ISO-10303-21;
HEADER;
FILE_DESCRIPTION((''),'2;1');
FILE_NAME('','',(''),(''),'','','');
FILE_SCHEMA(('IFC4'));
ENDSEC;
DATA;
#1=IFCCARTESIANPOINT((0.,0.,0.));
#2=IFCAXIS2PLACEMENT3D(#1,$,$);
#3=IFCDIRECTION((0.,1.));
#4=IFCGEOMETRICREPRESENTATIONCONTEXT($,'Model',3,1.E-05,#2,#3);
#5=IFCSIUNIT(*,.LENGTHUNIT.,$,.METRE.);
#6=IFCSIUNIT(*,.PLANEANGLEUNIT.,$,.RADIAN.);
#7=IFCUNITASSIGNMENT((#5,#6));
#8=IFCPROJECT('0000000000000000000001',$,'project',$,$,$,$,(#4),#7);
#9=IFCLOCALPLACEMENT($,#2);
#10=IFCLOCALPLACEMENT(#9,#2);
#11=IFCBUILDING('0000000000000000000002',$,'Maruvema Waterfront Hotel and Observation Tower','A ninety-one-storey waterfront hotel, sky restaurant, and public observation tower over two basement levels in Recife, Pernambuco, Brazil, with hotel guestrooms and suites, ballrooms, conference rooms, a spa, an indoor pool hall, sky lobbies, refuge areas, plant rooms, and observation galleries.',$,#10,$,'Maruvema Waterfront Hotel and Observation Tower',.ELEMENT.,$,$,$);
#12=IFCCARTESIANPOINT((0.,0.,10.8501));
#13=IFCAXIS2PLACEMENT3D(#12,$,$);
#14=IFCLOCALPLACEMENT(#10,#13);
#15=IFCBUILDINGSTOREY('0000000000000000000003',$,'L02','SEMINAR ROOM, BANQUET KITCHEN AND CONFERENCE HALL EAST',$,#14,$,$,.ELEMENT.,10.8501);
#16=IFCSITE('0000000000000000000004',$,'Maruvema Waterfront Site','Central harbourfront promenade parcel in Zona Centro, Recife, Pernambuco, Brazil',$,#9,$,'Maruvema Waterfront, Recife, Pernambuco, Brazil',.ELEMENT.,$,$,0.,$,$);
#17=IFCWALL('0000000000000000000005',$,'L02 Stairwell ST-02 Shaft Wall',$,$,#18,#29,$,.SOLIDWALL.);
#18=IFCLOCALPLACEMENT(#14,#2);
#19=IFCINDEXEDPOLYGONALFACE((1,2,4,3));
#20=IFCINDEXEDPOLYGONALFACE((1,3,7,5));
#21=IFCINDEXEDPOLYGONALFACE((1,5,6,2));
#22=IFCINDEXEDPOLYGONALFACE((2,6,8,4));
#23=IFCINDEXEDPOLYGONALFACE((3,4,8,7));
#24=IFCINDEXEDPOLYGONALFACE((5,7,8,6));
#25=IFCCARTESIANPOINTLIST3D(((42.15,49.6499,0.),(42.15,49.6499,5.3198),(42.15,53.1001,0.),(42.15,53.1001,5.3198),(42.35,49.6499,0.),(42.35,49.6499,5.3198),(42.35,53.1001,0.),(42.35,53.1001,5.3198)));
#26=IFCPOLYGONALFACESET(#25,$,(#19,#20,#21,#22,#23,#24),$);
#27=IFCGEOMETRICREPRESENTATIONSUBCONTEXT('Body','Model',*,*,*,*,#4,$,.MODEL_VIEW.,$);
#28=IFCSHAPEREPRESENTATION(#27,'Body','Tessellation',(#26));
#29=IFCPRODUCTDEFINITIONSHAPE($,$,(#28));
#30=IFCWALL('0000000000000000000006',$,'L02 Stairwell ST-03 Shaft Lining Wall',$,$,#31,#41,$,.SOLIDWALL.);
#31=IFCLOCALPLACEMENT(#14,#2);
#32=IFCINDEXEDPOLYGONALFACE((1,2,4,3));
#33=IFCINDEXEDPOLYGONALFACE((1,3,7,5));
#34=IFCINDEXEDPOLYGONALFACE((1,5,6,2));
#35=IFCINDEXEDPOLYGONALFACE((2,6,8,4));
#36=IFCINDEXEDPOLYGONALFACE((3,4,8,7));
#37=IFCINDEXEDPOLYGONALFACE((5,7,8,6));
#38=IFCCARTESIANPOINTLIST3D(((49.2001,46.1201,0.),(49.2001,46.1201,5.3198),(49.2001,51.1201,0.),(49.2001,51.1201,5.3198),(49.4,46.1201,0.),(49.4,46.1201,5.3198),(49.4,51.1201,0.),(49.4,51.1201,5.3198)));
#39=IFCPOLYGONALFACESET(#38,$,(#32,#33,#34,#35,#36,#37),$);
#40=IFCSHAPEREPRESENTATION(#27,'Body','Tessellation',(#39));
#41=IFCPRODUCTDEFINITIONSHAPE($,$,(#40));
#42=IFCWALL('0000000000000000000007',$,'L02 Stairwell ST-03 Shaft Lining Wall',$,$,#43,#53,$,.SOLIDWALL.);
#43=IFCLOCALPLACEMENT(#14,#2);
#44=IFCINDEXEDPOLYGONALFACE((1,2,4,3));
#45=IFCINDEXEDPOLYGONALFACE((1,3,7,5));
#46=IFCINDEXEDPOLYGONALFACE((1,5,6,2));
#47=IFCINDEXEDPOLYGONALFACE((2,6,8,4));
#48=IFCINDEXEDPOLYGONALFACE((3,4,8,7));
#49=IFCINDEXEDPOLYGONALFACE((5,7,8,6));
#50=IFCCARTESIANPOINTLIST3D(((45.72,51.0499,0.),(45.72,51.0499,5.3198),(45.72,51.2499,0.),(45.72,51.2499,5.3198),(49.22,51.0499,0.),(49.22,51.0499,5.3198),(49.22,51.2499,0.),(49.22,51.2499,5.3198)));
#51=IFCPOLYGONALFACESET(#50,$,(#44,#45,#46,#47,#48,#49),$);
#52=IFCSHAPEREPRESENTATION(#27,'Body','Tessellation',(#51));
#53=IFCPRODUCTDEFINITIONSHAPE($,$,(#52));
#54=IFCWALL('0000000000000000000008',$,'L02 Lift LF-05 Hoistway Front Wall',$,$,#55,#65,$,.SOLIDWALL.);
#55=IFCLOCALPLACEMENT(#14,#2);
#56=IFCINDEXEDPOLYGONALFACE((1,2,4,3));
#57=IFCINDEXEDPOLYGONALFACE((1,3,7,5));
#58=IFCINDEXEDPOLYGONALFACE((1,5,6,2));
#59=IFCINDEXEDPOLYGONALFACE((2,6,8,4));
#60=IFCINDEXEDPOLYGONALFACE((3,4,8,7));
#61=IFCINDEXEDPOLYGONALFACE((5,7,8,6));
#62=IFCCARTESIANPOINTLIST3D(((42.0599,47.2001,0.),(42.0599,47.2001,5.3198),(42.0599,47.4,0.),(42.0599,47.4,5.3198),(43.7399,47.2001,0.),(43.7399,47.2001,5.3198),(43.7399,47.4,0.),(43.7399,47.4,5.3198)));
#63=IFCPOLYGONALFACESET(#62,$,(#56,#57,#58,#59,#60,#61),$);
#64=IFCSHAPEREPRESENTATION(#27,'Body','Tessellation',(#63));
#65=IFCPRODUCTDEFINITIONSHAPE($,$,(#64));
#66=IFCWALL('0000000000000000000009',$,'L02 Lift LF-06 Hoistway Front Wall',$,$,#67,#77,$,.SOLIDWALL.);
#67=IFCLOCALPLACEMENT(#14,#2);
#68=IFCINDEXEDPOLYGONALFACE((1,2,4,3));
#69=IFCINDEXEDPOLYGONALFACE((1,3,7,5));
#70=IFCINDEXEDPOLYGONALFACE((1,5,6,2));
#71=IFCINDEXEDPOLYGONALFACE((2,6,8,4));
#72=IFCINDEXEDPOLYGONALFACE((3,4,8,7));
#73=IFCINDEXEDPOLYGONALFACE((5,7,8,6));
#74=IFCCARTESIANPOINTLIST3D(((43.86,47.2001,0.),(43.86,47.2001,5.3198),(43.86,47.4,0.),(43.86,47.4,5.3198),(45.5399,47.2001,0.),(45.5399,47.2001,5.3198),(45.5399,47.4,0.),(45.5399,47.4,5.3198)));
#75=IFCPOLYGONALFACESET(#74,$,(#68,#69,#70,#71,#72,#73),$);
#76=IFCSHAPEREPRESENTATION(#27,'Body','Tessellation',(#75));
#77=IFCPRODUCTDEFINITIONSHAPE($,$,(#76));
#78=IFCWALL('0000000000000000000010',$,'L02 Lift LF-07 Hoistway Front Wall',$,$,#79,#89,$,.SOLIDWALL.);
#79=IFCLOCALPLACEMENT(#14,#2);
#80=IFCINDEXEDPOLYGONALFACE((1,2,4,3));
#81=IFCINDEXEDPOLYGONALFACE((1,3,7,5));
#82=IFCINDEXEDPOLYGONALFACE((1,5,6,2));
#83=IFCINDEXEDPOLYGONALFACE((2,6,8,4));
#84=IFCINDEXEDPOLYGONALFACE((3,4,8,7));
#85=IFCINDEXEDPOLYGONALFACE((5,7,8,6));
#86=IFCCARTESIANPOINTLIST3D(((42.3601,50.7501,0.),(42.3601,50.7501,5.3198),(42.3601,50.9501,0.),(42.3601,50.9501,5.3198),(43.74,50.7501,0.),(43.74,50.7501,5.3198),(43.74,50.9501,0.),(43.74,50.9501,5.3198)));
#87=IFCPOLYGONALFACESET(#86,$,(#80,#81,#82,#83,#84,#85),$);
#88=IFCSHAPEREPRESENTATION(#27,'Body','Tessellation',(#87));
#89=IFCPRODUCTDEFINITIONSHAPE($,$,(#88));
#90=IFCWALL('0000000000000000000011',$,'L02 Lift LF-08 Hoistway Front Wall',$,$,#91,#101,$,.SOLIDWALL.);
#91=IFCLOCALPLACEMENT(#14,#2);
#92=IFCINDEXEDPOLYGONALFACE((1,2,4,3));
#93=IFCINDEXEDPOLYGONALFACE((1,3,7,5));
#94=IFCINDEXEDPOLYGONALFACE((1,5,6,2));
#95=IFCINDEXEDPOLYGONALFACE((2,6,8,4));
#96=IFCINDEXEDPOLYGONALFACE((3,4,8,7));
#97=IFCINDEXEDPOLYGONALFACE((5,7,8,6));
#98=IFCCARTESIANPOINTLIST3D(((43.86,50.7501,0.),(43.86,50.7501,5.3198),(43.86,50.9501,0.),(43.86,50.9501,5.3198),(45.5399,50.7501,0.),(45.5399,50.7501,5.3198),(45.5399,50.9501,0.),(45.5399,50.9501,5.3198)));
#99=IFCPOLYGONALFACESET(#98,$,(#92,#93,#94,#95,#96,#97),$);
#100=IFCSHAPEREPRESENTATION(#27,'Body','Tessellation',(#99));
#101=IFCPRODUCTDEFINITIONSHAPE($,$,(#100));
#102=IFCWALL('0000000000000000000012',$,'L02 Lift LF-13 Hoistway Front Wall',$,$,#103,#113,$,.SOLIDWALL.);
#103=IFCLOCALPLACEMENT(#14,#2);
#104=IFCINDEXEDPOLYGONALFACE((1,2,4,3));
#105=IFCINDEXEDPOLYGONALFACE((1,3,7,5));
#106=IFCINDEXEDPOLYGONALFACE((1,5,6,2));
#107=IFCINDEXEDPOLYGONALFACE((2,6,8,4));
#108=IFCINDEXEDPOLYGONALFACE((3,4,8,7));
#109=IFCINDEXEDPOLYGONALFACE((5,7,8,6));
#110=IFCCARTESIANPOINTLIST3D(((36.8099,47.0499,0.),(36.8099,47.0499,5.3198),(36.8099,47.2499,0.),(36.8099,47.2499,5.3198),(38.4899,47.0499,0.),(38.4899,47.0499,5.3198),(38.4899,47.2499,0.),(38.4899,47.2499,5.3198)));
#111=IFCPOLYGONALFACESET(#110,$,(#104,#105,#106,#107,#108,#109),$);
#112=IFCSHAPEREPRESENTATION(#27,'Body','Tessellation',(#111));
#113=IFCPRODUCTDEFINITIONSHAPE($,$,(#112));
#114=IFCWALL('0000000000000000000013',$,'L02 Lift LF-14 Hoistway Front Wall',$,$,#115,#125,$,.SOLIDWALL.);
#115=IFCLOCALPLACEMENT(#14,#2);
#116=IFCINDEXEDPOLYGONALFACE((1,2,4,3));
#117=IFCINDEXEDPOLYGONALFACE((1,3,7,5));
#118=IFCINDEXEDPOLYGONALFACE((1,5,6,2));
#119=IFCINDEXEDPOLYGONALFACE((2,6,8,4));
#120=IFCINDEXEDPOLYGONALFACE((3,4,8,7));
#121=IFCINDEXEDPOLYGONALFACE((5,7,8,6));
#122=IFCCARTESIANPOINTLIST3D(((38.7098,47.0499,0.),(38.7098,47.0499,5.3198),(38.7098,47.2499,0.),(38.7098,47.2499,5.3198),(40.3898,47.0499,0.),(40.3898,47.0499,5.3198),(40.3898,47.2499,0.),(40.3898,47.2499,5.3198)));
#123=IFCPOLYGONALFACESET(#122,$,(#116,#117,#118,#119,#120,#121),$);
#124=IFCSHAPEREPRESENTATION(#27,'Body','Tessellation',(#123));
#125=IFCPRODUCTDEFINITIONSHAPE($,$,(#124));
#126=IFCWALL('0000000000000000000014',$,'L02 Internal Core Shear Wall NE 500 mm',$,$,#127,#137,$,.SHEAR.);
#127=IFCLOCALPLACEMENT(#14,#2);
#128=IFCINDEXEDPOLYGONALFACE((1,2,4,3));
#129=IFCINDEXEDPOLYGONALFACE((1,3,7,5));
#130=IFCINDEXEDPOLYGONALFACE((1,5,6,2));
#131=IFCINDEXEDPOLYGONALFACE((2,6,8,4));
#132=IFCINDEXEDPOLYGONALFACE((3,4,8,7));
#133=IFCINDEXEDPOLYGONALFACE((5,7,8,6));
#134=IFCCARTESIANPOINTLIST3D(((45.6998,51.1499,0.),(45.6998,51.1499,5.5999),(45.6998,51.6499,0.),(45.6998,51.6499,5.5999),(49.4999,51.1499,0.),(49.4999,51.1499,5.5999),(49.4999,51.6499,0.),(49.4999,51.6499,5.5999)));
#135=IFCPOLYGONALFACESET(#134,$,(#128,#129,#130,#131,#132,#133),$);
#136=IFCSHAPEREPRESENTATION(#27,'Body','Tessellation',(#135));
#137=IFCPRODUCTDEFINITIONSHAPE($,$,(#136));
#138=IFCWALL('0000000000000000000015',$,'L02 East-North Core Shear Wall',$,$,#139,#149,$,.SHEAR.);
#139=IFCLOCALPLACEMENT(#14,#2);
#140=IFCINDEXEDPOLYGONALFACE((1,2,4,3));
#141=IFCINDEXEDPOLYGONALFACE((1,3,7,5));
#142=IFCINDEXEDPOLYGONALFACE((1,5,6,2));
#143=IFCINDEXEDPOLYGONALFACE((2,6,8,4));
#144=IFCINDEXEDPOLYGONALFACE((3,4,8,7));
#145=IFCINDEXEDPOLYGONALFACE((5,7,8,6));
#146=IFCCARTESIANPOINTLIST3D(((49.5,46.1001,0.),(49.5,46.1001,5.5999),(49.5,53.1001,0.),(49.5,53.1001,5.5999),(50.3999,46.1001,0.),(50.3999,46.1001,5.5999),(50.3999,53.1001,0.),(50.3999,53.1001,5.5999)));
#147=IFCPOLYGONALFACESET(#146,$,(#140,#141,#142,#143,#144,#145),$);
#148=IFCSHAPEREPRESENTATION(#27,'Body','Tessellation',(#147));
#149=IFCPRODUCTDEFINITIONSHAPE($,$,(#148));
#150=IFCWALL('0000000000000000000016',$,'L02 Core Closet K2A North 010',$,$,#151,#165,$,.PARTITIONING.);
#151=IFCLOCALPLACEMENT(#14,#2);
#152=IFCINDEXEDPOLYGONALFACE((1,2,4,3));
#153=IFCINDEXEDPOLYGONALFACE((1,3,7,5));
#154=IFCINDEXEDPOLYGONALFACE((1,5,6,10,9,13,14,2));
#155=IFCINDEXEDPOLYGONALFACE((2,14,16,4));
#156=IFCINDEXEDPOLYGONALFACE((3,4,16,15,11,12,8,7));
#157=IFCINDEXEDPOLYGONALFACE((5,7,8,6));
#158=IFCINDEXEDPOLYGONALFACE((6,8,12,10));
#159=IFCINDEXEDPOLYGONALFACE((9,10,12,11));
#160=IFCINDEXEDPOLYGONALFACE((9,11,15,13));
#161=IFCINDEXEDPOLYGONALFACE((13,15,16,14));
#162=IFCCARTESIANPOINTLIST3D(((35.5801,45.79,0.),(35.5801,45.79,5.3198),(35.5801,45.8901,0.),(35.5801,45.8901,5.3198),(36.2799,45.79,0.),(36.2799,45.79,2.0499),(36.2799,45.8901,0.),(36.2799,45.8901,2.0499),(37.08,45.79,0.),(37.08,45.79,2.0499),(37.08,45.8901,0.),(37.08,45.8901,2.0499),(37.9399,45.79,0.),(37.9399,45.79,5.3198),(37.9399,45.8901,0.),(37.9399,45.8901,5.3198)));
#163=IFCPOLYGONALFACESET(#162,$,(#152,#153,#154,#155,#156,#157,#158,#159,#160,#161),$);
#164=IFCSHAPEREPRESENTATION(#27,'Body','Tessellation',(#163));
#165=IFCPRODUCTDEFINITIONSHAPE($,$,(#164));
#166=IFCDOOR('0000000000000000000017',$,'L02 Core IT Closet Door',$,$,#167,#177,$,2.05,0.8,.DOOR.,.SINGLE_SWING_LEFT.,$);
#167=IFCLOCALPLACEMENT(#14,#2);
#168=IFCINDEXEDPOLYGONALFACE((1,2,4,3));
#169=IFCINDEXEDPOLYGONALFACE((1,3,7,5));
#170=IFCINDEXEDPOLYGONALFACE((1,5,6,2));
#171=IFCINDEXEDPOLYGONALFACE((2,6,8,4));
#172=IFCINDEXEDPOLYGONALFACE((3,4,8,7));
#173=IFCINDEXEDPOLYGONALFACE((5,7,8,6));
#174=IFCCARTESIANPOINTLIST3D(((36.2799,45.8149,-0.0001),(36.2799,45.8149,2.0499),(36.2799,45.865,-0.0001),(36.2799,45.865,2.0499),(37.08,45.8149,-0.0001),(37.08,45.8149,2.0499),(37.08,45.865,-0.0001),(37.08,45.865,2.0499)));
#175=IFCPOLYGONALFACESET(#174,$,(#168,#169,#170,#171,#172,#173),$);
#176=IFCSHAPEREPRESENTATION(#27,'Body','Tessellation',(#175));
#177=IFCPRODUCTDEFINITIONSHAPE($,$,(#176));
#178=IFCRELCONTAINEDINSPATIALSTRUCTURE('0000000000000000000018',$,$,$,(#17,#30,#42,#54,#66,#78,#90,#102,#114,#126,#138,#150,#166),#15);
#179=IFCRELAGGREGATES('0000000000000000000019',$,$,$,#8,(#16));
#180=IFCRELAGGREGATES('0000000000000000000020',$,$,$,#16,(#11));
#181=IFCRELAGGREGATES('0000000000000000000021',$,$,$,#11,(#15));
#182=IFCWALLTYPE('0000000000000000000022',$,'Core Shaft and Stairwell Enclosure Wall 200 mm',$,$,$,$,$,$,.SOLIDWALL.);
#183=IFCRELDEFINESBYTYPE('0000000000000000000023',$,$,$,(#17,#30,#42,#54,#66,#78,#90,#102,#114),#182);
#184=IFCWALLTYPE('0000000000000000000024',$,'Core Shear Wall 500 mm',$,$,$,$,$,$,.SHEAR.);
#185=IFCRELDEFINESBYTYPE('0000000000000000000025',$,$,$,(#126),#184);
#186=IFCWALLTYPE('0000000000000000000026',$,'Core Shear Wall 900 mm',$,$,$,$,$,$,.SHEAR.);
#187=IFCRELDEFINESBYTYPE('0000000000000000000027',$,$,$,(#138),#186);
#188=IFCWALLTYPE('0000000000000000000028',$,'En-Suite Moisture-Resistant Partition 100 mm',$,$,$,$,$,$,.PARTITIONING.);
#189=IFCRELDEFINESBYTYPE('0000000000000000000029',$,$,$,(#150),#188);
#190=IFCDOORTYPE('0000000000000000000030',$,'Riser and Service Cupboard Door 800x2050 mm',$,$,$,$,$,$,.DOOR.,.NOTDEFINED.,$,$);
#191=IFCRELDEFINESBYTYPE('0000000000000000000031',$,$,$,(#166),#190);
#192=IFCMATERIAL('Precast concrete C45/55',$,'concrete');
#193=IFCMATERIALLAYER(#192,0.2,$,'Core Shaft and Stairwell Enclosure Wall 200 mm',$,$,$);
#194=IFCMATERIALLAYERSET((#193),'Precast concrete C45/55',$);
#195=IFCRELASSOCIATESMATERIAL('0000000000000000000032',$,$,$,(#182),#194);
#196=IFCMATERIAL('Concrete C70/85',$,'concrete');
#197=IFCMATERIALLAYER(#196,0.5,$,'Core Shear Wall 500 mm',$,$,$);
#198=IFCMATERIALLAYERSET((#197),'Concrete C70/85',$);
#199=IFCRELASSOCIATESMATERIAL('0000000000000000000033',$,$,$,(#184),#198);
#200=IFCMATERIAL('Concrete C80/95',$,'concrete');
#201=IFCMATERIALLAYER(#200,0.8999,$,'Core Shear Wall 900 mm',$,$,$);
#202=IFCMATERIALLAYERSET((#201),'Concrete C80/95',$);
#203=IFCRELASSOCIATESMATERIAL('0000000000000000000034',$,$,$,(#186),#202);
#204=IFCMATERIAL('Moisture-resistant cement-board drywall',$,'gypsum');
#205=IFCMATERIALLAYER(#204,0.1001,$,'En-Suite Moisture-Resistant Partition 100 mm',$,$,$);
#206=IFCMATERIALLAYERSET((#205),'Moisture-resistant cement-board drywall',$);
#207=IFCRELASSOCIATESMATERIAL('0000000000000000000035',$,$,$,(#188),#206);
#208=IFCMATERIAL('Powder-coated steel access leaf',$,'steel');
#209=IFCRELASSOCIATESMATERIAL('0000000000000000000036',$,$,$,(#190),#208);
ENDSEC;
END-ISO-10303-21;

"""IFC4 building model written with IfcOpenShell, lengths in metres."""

from ifc_helpers import new_model, si_unit, direction, frame, frame_2d, origin, place, context, subcontext, project, spatial, rectangle, extrude, material, layer, layer_set, type_object, element, fill, save


model = new_model("IFC4")

# Units and contexts
model_context = context("Model", 3, precision=1e-05, world=origin(), true_north=direction((0.0, 1.0)))
body_context = subcontext(model_context, "Body", "Model", "MODEL_VIEW")
ifc_project = project(units=[si_unit("LENGTHUNIT", "METRE"), si_unit("PLANEANGLEUNIT", "RADIAN")], contexts=[model_context])

# Site, building, storey
site_placement = place(None, origin())
site = spatial("IfcSite", under=ifc_project, at=site_placement, Name="Maruvema Waterfront Site", Description="Central harbourfront promenade parcel in Zona Centro, Recife, Pernambuco, Brazil", LongName="Maruvema Waterfront, Recife, Pernambuco, Brazil", CompositionType="ELEMENT", RefElevation=0.0)
building_placement = place(site_placement, origin())
building = spatial("IfcBuilding", under=site, at=building_placement, Name="Maruvema Waterfront Hotel and Observation Tower", Description="A ninety-one-storey waterfront hotel, sky restaurant, and public observation tower over two basement levels in Recife, Pernambuco, Brazil, with hotel guestrooms and suites, ballrooms, conference rooms, a spa, an indoor pool hall, sky lobbies, refuge areas, plant rooms, and observation galleries.", LongName="Maruvema Waterfront Hotel and Observation Tower", CompositionType="ELEMENT")
storey_placement = place(building_placement, frame((0.0, 0.0, 10.8501)))
storey = spatial("IfcBuildingStorey", under=building, at=storey_placement, Name="L02", Description="SEMINAR ROOM, BANQUET KITCHEN AND CONFERENCE HALL EAST", CompositionType="ELEMENT", Elevation=10.8501)

# Walls
ifc_material_1 = material(Name="Precast concrete C45/55", Category="concrete")
ifc_layer_1 = layer(ifc_material_1, 0.2, Name="Core Shaft and Stairwell Enclosure Wall 200 mm")
ifc_layer_set_1 = layer_set([ifc_layer_1], Name="Precast concrete C45/55")
wall_type_1 = type_object("IfcWallType", Name="Core Shaft and Stairwell Enclosure Wall 200 mm", PredefinedType="SOLIDWALL", material=ifc_layer_set_1)
wall_1_placement = place(storey_placement, frame((42.25, 49.6499, 0.0), z_axis=(0.0, 0.0, 1.0), x_axis=(0.0, 1.0, 0.0)))
element("IfcWall", 1, at=wall_1_placement, inside=storey, type_object=wall_type_1, Name="L02 Stairwell ST-02 Shaft Wall", PredefinedType="SOLIDWALL", context=body_context, shape_type="SweptSolid", body=[
    extrude(rectangle(XDim=3.4502, YDim=0.2, at=frame_2d((1.7251, 0.0))), origin(), (0.0, 0.0, 1.0), 5.3198),
])
wall_2_placement = place(storey_placement, frame((49.3, 46.1201, 0.0), z_axis=(0.0, 0.0, 1.0), x_axis=(0.0, 1.0, 0.0)))
element("IfcWall", 2, at=wall_2_placement, inside=storey, type_object=wall_type_1, Name="L02 Stairwell ST-03 Shaft Lining Wall", PredefinedType="SOLIDWALL", context=body_context, shape_type="SweptSolid", body=[
    extrude(rectangle(XDim=5.0, YDim=0.2, at=frame_2d((2.5, 0.0))), origin(), (0.0, 0.0, 1.0), 5.3198),
])
wall_3_placement = place(storey_placement, frame((45.72, 51.1499, 0.0), z_axis=(0.0, 0.0, 1.0), x_axis=(1.0, 0.0, 0.0)))
element("IfcWall", 3, at=wall_3_placement, inside=storey, type_object=wall_type_1, Name="L02 Stairwell ST-03 Shaft Lining Wall", PredefinedType="SOLIDWALL", context=body_context, shape_type="SweptSolid", body=[
    extrude(rectangle(XDim=3.5, YDim=0.2, at=frame_2d((1.75, 0.0))), origin(), (0.0, 0.0, 1.0), 5.3198),
])
for number, where, z_axis, x_axis, name in (
    (4, (42.0601, 47.3, 0.0), (0.0, 0.0, 1.0), (1.0, 0.0, 0.0), "L02 Lift LF-05 Hoistway Front Wall"),
    (5, (43.8601, 47.3, 0.0), (0.0, 0.0, 1.0), (1.0, 0.0, 0.0), "L02 Lift LF-06 Hoistway Front Wall"),
):
    element("IfcWall", number, at=place(storey_placement, frame(where, z_axis=z_axis, x_axis=x_axis)), inside=storey, type_object=wall_type_1, Name=name, PredefinedType="SOLIDWALL", context=body_context, shape_type="SweptSolid", body=[
        extrude(rectangle(XDim=1.6799, YDim=0.2, at=frame_2d((0.8398, 0.0))), origin(), (0.0, 0.0, 1.0), 5.3198),
    ])
wall_4_placement = place(storey_placement, frame((42.3601, 50.8501, 0.0), z_axis=(0.0, 0.0, 1.0), x_axis=(1.0, 0.0, 0.0)))
element("IfcWall", 6, at=wall_4_placement, inside=storey, type_object=wall_type_1, Name="L02 Lift LF-07 Hoistway Front Wall", PredefinedType="SOLIDWALL", context=body_context, shape_type="SweptSolid", body=[
    extrude(rectangle(XDim=1.3799, YDim=0.2, at=frame_2d((0.6899, 0.0))), origin(), (0.0, 0.0, 1.0), 5.3198),
])
for number, where, z_axis, x_axis, name in (
    (7, (43.8601, 50.8501, 0.0), (0.0, 0.0, 1.0), (1.0, 0.0, 0.0), "L02 Lift LF-08 Hoistway Front Wall"),
    (8, (36.8101, 47.1499, 0.0), (0.0, 0.0, 1.0), (1.0, 0.0, 0.0), "L02 Lift LF-13 Hoistway Front Wall"),
    (9, (38.71, 47.1499, 0.0), (0.0, 0.0, 1.0), (1.0, 0.0, 0.0), "L02 Lift LF-14 Hoistway Front Wall"),
):
    element("IfcWall", number, at=place(storey_placement, frame(where, z_axis=z_axis, x_axis=x_axis)), inside=storey, type_object=wall_type_1, Name=name, PredefinedType="SOLIDWALL", context=body_context, shape_type="SweptSolid", body=[
        extrude(rectangle(XDim=1.6799, YDim=0.2, at=frame_2d((0.8398, 0.0))), origin(), (0.0, 0.0, 1.0), 5.3198),
    ])
ifc_material_2 = material(Name="Concrete C70/85", Category="concrete")
ifc_layer_2 = layer(ifc_material_2, 0.5, Name="Core Shear Wall 500 mm")
ifc_layer_set_2 = layer_set([ifc_layer_2], Name="Concrete C70/85")
wall_type_2 = type_object("IfcWallType", Name="Core Shear Wall 500 mm", PredefinedType="SHEAR", material=ifc_layer_set_2)
wall_5_placement = place(storey_placement, frame((45.7, 51.3999, 0.0), z_axis=(0.0, 0.0, 1.0), x_axis=(1.0, 0.0, 0.0)))
element("IfcWall", 10, at=wall_5_placement, inside=storey, type_object=wall_type_2, Name="L02 Internal Core Shear Wall NE 500 mm", PredefinedType="SHEAR", context=body_context, shape_type="SweptSolid", body=[
    extrude(rectangle(XDim=3.8, YDim=0.5, at=frame_2d((1.8999, 0.0))), origin(), (0.0, 0.0, 1.0), 5.5999),
])
ifc_material_3 = material(Name="Concrete C80/95", Category="concrete")
ifc_layer_3 = layer(ifc_material_3, 0.8999, Name="Core Shear Wall 900 mm")
ifc_layer_set_3 = layer_set([ifc_layer_3], Name="Concrete C80/95")
wall_type_3 = type_object("IfcWallType", Name="Core Shear Wall 900 mm", PredefinedType="SHEAR", material=ifc_layer_set_3)
wall_6_placement = place(storey_placement, frame((49.95, 46.1001, 0.0), z_axis=(0.0, 0.0, 1.0), x_axis=(0.0, 1.0, 0.0)))
element("IfcWall", 11, at=wall_6_placement, inside=storey, type_object=wall_type_3, Name="L02 East-North Core Shear Wall", PredefinedType="SHEAR", context=body_context, shape_type="SweptSolid", body=[
    extrude(rectangle(XDim=7.0, YDim=0.8999, at=frame_2d((3.5, 0.0))), origin(), (0.0, 0.0, 1.0), 5.5999),
])

# Wall, opening, door
ifc_material_4 = material(Name="Moisture-resistant cement-board drywall", Category="gypsum")
ifc_layer_4 = layer(ifc_material_4, 0.1001, Name="En-Suite Moisture-Resistant Partition 100 mm")
ifc_layer_set_4 = layer_set([ifc_layer_4], Name="Moisture-resistant cement-board drywall")
wall_type_4 = type_object("IfcWallType", Name="En-Suite Moisture-Resistant Partition 100 mm", PredefinedType="PARTITIONING", material=ifc_layer_set_4)
wall_7_placement = place(storey_placement, frame((35.5801, 45.8401, 0.0), z_axis=(0.0, 0.0, 1.0), x_axis=(1.0, 0.0, 0.0)))
wall_7 = element("IfcWall", 12, at=wall_7_placement, inside=storey, type_object=wall_type_4, Name="L02 Core Closet K2A North 010", PredefinedType="PARTITIONING", context=body_context, shape_type="SweptSolid", body=[
    extrude(rectangle(XDim=2.3599, YDim=0.1001, at=frame_2d((1.1799, 0.0))), origin(), (0.0, 0.0, 1.0), 5.3198),
])
opening_1_placement = place(wall_7_placement, frame((0.7, 0.0, 0.0)))
opening_1 = element("IfcOpeningElement", 13, at=opening_1_placement, cuts=wall_7, PredefinedType="OPENING", context=body_context, shape_type="SweptSolid", body=[
    extrude(rectangle(XDim=0.8, YDim=2.05, at=frame_2d((0.3999, 1.0249))), frame((0.0, 0.0601, 0.0), z_axis=(0.0, -1.0, 0.0), x_axis=(1.0, 0.0, 0.0)), (0.0, 0.0, 1.0), 0.1201),
])
ifc_material_5 = material(Name="Powder-coated steel access leaf", Category="steel")
door_type = type_object("IfcDoorType", Name="Riser and Service Cupboard Door 800x2050 mm", OperationType="NOTDEFINED", PredefinedType="DOOR", material=ifc_material_5)
door_1_placement = place(opening_1_placement, origin())
door_1 = element("IfcDoor", 14, at=door_1_placement, inside=storey, type_object=door_type, Name="L02 Core IT Closet Door", OperationType="SINGLE_SWING_LEFT", OverallHeight=2.05, OverallWidth=0.8, PredefinedType="DOOR", context=body_context, shape_type="SweptSolid", body=[
    extrude(rectangle(XDim=0.8, YDim=2.05, at=frame_2d((0.3999, 1.0249))), frame((0.0, 0.0249, 0.0), z_axis=(0.0, -1.0, 0.0), x_axis=(1.0, 0.0, 0.0)), (0.0, 0.0, 1.0), 0.05),
])
fill(opening_1, door_1)

save(model, "model.ifc")
